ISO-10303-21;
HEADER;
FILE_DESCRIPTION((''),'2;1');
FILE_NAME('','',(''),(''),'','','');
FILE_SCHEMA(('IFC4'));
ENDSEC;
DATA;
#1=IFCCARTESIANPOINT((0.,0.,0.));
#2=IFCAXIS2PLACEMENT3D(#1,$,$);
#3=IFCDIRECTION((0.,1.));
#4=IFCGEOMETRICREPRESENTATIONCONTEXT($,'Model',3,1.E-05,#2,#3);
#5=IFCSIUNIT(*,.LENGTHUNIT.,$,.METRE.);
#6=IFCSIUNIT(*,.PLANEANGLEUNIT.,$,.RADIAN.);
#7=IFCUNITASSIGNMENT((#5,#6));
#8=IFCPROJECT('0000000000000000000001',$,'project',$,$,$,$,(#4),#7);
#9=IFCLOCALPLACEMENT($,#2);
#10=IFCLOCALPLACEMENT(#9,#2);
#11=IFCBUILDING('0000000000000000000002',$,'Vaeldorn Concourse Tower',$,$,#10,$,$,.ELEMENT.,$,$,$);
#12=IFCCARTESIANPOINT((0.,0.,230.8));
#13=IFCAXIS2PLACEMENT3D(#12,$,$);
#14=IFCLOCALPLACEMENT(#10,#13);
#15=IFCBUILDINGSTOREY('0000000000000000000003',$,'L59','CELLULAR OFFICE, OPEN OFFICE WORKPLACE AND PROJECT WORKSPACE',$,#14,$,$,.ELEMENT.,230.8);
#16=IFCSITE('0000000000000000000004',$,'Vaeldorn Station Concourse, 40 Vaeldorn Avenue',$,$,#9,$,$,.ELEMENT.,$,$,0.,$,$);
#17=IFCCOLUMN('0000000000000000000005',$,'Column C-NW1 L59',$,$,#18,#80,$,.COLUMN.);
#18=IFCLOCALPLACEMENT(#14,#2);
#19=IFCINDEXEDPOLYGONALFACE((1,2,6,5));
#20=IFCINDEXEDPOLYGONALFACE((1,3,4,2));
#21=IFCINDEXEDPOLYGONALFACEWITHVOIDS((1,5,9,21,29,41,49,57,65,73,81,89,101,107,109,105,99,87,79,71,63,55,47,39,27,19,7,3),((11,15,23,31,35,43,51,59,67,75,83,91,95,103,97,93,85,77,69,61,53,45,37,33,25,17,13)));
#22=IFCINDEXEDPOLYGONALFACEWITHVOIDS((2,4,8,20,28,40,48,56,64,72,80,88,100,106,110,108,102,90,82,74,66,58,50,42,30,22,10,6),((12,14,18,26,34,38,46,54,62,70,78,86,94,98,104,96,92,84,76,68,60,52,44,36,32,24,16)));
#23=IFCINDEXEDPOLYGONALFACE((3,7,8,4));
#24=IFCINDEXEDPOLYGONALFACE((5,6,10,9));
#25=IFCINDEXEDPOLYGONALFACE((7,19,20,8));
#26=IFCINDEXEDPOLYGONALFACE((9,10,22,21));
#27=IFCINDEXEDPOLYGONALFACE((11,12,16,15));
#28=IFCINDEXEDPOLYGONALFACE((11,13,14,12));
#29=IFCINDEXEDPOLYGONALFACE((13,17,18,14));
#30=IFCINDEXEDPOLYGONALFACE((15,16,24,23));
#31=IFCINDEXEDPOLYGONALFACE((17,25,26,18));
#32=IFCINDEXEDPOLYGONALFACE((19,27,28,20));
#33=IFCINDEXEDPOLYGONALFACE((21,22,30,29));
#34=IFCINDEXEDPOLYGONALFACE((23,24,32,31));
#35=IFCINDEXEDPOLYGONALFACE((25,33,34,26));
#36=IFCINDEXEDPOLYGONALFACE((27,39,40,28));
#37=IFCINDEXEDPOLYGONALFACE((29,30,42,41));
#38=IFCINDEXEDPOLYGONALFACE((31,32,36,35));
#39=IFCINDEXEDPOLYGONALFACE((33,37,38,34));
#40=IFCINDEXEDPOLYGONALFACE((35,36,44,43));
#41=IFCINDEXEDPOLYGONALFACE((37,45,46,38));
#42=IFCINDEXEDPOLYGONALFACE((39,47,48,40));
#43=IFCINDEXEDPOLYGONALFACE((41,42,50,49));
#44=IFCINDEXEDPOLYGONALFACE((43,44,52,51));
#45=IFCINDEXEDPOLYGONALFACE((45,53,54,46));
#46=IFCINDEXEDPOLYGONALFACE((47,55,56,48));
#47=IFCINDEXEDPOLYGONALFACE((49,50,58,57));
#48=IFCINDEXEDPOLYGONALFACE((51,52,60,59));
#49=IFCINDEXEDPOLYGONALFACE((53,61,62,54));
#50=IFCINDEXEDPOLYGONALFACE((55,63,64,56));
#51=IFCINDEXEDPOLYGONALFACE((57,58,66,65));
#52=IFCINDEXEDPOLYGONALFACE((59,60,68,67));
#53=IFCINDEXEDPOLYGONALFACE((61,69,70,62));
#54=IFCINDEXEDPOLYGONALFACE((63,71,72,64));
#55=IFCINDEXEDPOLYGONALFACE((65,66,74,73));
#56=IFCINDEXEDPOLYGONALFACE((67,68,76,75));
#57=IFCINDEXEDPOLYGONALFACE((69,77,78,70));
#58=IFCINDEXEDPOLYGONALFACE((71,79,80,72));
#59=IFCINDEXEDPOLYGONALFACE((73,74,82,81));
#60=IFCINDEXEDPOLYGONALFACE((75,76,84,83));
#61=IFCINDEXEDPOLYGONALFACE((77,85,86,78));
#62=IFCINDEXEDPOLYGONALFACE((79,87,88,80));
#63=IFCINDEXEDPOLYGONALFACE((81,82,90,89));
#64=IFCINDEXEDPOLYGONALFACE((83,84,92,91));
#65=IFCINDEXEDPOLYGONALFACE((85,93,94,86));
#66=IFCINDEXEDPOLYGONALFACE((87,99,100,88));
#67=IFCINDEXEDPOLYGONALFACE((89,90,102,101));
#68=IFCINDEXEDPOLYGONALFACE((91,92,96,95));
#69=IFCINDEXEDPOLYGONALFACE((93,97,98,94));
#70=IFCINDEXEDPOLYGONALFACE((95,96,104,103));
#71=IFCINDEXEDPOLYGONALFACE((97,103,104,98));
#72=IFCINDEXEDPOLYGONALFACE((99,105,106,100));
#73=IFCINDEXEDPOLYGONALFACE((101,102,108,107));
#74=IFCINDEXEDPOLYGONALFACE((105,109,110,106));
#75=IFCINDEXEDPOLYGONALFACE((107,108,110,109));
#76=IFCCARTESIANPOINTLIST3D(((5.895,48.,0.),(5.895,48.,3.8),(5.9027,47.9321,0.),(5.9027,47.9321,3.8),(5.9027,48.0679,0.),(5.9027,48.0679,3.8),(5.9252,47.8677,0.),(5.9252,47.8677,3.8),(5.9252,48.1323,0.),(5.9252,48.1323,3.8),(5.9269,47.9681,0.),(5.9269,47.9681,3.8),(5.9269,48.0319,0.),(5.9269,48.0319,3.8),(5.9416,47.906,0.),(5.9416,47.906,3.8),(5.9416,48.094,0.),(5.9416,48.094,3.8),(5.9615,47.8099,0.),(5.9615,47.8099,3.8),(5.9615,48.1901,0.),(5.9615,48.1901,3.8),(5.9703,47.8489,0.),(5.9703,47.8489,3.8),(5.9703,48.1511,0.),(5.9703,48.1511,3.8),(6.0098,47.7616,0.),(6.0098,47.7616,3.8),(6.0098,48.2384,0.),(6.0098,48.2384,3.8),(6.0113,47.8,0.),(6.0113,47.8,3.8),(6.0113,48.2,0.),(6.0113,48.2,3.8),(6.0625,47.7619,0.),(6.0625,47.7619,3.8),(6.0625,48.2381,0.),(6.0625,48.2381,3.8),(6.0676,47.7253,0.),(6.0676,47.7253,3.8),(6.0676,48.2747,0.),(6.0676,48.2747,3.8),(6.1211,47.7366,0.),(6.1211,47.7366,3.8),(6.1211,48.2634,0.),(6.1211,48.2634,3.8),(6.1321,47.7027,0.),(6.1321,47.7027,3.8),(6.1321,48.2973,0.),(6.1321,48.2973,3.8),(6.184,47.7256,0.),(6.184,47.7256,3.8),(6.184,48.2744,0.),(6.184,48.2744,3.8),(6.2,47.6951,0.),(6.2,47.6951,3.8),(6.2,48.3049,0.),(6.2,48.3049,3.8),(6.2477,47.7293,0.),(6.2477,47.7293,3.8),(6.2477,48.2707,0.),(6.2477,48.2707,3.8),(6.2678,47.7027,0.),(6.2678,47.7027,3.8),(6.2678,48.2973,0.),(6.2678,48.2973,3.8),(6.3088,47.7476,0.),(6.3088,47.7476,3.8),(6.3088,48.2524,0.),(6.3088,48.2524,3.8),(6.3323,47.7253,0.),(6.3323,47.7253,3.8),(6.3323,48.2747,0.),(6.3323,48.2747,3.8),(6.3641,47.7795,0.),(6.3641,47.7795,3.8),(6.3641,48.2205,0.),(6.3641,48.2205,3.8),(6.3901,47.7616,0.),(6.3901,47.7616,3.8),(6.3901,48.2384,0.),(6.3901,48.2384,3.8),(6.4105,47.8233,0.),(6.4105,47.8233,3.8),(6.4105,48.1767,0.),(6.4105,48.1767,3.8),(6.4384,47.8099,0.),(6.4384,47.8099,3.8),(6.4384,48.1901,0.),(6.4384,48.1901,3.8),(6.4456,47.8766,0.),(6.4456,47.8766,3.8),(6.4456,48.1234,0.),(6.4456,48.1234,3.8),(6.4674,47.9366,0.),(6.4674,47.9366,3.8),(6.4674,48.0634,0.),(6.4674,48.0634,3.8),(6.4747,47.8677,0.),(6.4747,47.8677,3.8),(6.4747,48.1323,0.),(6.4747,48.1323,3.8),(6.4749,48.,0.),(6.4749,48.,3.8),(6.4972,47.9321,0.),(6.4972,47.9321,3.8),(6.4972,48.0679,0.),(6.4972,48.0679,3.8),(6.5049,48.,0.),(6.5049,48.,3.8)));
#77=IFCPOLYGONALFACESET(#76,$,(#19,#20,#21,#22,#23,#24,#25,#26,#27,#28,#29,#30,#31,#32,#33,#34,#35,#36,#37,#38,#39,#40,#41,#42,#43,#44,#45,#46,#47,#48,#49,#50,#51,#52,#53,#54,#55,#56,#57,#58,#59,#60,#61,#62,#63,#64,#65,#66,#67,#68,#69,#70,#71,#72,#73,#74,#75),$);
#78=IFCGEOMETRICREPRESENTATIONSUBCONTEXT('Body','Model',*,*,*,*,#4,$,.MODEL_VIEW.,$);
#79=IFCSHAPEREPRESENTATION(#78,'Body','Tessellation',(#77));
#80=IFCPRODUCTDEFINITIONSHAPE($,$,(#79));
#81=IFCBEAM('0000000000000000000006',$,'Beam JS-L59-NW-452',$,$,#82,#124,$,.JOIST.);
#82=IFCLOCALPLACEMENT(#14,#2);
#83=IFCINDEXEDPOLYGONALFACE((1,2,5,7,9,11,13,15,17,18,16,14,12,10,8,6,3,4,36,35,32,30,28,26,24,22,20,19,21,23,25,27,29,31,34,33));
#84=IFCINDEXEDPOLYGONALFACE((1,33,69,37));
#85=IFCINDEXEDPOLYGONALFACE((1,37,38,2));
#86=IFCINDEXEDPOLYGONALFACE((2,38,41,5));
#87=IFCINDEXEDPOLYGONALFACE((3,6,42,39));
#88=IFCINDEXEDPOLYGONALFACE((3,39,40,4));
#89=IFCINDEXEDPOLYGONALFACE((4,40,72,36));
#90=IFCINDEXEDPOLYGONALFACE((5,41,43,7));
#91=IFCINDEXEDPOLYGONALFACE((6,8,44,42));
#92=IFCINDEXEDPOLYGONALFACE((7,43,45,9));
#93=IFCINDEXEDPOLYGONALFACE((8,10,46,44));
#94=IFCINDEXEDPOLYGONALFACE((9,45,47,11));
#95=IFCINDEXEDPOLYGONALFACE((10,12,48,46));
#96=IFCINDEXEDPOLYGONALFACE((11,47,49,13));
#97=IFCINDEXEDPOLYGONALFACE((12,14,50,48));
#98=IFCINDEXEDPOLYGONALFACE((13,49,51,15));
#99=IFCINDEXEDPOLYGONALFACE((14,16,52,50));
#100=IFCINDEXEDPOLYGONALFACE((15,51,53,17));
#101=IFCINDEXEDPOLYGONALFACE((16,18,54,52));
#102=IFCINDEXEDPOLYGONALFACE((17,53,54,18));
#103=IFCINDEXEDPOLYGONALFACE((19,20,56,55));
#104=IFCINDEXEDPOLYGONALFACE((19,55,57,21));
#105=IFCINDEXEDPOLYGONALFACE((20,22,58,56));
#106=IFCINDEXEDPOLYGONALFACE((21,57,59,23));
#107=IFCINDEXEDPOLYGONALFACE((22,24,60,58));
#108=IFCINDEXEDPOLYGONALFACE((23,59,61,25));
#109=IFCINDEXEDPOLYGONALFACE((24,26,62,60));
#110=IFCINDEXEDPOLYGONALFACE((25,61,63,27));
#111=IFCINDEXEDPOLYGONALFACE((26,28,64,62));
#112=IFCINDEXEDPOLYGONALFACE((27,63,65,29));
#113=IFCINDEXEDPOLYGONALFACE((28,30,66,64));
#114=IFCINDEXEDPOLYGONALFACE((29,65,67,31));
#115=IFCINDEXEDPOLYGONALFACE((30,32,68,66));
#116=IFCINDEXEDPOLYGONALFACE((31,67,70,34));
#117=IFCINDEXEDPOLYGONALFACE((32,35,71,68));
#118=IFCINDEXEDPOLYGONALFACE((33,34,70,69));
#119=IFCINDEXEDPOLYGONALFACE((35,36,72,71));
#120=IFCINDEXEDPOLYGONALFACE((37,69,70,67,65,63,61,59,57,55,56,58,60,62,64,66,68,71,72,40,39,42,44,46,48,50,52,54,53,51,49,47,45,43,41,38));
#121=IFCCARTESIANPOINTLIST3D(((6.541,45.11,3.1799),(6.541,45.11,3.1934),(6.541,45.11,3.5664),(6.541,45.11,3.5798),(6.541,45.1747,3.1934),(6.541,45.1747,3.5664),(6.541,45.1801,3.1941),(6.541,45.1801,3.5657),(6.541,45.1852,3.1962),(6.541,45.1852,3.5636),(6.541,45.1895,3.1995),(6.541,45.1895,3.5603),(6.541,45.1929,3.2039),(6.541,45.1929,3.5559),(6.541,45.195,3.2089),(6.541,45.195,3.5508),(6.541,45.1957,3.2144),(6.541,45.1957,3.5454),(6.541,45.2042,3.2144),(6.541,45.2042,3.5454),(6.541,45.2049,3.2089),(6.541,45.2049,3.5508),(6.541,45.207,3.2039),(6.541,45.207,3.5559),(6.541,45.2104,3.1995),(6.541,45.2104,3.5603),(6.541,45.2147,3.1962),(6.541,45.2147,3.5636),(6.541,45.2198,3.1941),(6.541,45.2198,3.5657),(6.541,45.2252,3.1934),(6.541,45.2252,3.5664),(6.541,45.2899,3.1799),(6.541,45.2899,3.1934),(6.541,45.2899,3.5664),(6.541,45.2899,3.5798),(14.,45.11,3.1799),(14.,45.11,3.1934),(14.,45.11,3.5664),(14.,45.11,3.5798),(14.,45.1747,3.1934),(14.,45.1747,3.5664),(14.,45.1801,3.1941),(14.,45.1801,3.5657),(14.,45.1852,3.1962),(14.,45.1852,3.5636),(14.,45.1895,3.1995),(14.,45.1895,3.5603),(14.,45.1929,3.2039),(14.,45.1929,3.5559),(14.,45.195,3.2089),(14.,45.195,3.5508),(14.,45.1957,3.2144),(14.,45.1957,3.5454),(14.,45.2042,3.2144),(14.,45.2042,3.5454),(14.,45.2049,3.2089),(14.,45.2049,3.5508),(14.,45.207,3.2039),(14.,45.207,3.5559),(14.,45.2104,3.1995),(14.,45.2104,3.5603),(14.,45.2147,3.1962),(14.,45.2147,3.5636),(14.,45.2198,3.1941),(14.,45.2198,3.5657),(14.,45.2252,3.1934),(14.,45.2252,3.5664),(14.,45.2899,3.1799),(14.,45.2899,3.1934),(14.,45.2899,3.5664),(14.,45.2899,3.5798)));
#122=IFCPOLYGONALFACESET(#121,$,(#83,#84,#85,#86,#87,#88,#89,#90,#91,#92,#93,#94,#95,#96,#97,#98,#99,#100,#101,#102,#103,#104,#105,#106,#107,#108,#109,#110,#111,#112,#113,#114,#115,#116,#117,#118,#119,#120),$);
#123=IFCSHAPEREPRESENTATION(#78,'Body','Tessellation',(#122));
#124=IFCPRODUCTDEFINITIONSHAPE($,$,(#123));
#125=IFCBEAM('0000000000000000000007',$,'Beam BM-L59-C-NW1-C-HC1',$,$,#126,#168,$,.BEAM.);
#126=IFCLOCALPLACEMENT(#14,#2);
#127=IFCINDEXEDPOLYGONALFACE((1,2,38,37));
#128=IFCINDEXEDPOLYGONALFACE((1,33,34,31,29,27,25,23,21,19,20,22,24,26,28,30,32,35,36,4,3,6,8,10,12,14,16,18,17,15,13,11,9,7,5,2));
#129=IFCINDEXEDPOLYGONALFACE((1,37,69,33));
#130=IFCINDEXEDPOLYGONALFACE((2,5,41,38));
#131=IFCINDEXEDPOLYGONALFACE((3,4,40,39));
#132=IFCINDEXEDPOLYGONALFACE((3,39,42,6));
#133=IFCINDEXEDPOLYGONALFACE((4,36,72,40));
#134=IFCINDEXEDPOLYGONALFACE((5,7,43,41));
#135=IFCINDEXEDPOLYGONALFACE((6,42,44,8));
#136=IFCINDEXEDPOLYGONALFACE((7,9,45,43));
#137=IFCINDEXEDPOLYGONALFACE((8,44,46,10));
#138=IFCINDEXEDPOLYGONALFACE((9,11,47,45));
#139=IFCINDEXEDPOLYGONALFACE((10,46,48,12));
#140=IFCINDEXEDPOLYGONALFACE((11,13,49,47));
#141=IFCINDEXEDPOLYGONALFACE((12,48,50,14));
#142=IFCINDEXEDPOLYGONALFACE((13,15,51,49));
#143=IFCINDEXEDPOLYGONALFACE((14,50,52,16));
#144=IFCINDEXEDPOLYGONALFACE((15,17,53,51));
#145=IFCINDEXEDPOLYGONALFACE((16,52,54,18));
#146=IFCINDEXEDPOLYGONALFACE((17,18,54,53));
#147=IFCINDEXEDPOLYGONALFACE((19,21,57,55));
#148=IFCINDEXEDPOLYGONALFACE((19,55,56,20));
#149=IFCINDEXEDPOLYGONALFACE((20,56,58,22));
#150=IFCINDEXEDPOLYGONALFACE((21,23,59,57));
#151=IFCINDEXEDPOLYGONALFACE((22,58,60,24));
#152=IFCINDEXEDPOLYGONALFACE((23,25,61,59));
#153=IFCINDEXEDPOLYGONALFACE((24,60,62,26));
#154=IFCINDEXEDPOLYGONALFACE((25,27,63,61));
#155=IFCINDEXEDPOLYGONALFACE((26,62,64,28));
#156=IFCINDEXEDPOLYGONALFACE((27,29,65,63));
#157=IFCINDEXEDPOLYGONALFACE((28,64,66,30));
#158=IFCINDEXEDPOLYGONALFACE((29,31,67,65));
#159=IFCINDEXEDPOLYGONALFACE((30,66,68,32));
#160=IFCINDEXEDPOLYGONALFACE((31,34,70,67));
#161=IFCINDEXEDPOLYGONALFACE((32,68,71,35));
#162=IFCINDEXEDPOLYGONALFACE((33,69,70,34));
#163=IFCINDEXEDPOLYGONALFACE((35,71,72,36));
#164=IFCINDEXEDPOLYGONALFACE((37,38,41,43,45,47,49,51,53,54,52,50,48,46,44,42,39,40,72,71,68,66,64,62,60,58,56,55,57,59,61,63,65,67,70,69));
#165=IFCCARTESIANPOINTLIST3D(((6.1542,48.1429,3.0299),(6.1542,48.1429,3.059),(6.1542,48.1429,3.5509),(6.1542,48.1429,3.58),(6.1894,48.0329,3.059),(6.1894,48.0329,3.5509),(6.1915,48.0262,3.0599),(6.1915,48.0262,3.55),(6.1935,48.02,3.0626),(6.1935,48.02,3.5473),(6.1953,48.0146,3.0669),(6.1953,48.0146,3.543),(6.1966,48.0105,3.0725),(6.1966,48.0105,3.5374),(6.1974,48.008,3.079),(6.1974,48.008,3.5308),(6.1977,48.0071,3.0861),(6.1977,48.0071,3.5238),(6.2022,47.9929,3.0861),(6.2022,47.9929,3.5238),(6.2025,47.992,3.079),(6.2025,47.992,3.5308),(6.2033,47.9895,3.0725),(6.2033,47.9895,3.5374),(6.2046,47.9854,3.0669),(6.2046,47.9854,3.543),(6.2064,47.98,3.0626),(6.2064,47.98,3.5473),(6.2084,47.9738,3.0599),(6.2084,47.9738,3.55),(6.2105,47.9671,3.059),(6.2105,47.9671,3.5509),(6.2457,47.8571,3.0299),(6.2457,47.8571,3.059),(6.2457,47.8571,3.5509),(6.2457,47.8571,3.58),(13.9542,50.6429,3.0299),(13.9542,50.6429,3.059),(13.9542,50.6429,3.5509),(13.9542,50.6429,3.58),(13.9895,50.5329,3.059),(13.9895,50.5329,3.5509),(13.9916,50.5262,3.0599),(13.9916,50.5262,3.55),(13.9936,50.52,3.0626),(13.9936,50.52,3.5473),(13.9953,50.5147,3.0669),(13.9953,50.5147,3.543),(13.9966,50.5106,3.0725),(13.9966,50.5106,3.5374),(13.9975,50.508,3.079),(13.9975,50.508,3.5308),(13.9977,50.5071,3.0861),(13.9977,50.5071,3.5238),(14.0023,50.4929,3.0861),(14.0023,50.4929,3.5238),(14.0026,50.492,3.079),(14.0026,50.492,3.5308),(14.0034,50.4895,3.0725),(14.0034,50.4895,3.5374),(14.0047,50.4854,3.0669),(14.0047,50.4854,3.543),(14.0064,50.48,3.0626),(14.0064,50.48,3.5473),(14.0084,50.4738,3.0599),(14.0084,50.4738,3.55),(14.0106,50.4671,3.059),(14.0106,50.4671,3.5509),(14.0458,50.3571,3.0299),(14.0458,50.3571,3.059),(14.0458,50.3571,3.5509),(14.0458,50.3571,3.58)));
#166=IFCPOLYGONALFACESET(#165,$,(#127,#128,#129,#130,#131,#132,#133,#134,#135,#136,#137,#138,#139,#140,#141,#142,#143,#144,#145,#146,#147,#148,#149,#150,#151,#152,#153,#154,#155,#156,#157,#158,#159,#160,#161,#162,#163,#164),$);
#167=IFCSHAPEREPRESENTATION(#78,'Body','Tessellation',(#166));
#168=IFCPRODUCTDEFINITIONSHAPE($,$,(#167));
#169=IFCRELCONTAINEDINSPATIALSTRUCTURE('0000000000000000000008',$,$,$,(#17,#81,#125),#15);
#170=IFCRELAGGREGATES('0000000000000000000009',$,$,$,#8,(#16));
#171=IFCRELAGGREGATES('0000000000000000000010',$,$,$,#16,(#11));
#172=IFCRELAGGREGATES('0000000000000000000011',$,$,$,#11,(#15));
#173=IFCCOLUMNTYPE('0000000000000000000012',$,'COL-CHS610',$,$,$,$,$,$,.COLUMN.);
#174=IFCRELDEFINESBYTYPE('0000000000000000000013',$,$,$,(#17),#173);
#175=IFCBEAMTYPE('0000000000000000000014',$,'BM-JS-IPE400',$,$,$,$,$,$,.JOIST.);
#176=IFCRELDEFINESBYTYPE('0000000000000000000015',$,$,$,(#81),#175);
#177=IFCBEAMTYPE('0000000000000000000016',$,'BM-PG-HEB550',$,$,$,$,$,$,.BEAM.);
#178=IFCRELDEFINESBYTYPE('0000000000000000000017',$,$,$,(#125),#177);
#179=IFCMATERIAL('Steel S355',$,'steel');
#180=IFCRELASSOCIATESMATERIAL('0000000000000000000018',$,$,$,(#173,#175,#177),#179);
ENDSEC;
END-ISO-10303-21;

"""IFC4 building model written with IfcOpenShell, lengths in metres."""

from ifc_helpers import new_model, si_unit, direction, frame, origin, origin_2d, place, context, subcontext, project, spatial, hollow_circle, i_section, extrude, source, transform, mapped, material, material_profile, profile_set, type_object, element, save


model = new_model("IFC4")

# Units and contexts
model_context = context("Model", 3, precision=1e-05, world=origin(), true_north=direction((0.0, 1.0)))
body_context = subcontext(model_context, "Body", "Model", "MODEL_VIEW")
ifc_project = project(units=[si_unit("LENGTHUNIT", "METRE"), si_unit("PLANEANGLEUNIT", "RADIAN")], contexts=[model_context])

# Site, building, storey
site_placement = place(None, origin())
site = spatial("IfcSite", under=ifc_project, at=site_placement, Name="Vaeldorn Station Concourse, 40 Vaeldorn Avenue", CompositionType="ELEMENT", RefElevation=0.0)
building_placement = place(site_placement, origin())
building = spatial("IfcBuilding", under=site, at=building_placement, Name="Vaeldorn Concourse Tower", CompositionType="ELEMENT")
storey_placement = place(building_placement, frame((0.0, 0.0, 230.8)))
storey = spatial("IfcBuildingStorey", under=building, at=storey_placement, Name="L59", Description="CELLULAR OFFICE, OPEN OFFICE WORKPLACE AND PROJECT WORKSPACE", CompositionType="ELEMENT", Elevation=230.8)

# Column
ifc_material_1 = material(Name="Steel S355", Category="steel")
ifc_material_profile_1 = material_profile(ifc_material_1, hollow_circle(Radius=0.3049, WallThickness=0.03, at=origin_2d()), Name="CHS 610x30")
ifc_profile_set_1 = profile_set([ifc_material_profile_1], Name="Steel S355")
column_type = type_object("IfcColumnType", Name="COL-CHS610", PredefinedType="COLUMN", material=ifc_profile_set_1)
shared_shape_1 = source(origin(), body_context, "Body", "SweptSolid", [
    extrude(hollow_circle(Radius=0.3049, WallThickness=0.03, at=origin_2d()), origin(), (0.0, 0.0, 1.0), 3.8),
])
column_placement = place(storey_placement, frame((6.2, 48.0, 0.0), z_axis=(0.0, 0.0, 1.0), x_axis=(1.0, 0.0, 0.0)))
element("IfcColumn", 1, at=column_placement, inside=storey, type_object=column_type, Name="Column C-NW1 L59", PredefinedType="COLUMN", context=body_context, shape_type="MappedRepresentation", body=[
    mapped(shared_shape_1, transform((0.0, 0.0, 0.0), scale=1.0)),
])

# Beams
ifc_material_profile_2 = material_profile(ifc_material_1, i_section(OverallWidth=0.1799, OverallDepth=0.3999, WebThickness=0.0085, FlangeThickness=0.0134, FilletRadius=0.021, at=origin_2d()), Name="IPE 400")
ifc_profile_set_2 = profile_set([ifc_material_profile_2], Name="Steel S355")
beam_type_1 = type_object("IfcBeamType", Name="BM-JS-IPE400", PredefinedType="JOIST", material=ifc_profile_set_2)
shared_shape_2 = source(origin(), body_context, "Body", "SweptSolid", [
    extrude(i_section(OverallWidth=0.1799, OverallDepth=0.3999, WebThickness=0.0085, FlangeThickness=0.0134, FilletRadius=0.021, at=origin_2d()), origin(), (0.0, 0.0, 1.0), 7.459),
])
beam_1_placement = place(storey_placement, frame((6.541, 45.2, 3.3799), z_axis=(1.0, 0.0, 0.0), x_axis=(0.0, 1.0, 0.0)))
element("IfcBeam", 2, at=beam_1_placement, inside=storey, type_object=beam_type_1, Name="Beam JS-L59-NW-452", PredefinedType="JOIST", context=body_context, shape_type="MappedRepresentation", body=[
    mapped(shared_shape_2, transform((0.0, 0.0, 0.0), scale=1.0)),
])
ifc_material_profile_3 = material_profile(ifc_material_1, i_section(OverallWidth=0.3, OverallDepth=0.55, WebThickness=0.0149, FlangeThickness=0.0291, FilletRadius=0.0271, at=origin_2d()), Name="HEB 550")
ifc_profile_set_3 = profile_set([ifc_material_profile_3], Name="Steel S355")
beam_type_2 = type_object("IfcBeamType", Name="BM-PG-HEB550", PredefinedType="BEAM", material=ifc_profile_set_3)
shared_shape_3 = source(origin(), body_context, "Body", "SweptSolid", [
    extrude(i_section(OverallWidth=0.3, OverallDepth=0.55, WebThickness=0.0149, FlangeThickness=0.0291, FilletRadius=0.0271, at=origin_2d()), origin(), (0.0, 0.0, 1.0), 8.1909),
])
beam_2_placement = place(storey_placement, frame((6.2, 48.0, 3.3049), z_axis=(0.952283, 0.305217, 0.0), x_axis=(-0.305217, 0.952283, 0.0)))
element("IfcBeam", 3, at=beam_2_placement, inside=storey, type_object=beam_type_2, Name="Beam BM-L59-C-NW1-C-HC1", PredefinedType="BEAM", context=body_context, shape_type="MappedRepresentation", body=[
    mapped(shared_shape_3, transform((0.0, 0.0, 0.0), scale=1.0)),
])

save(model, "model.ifc")
